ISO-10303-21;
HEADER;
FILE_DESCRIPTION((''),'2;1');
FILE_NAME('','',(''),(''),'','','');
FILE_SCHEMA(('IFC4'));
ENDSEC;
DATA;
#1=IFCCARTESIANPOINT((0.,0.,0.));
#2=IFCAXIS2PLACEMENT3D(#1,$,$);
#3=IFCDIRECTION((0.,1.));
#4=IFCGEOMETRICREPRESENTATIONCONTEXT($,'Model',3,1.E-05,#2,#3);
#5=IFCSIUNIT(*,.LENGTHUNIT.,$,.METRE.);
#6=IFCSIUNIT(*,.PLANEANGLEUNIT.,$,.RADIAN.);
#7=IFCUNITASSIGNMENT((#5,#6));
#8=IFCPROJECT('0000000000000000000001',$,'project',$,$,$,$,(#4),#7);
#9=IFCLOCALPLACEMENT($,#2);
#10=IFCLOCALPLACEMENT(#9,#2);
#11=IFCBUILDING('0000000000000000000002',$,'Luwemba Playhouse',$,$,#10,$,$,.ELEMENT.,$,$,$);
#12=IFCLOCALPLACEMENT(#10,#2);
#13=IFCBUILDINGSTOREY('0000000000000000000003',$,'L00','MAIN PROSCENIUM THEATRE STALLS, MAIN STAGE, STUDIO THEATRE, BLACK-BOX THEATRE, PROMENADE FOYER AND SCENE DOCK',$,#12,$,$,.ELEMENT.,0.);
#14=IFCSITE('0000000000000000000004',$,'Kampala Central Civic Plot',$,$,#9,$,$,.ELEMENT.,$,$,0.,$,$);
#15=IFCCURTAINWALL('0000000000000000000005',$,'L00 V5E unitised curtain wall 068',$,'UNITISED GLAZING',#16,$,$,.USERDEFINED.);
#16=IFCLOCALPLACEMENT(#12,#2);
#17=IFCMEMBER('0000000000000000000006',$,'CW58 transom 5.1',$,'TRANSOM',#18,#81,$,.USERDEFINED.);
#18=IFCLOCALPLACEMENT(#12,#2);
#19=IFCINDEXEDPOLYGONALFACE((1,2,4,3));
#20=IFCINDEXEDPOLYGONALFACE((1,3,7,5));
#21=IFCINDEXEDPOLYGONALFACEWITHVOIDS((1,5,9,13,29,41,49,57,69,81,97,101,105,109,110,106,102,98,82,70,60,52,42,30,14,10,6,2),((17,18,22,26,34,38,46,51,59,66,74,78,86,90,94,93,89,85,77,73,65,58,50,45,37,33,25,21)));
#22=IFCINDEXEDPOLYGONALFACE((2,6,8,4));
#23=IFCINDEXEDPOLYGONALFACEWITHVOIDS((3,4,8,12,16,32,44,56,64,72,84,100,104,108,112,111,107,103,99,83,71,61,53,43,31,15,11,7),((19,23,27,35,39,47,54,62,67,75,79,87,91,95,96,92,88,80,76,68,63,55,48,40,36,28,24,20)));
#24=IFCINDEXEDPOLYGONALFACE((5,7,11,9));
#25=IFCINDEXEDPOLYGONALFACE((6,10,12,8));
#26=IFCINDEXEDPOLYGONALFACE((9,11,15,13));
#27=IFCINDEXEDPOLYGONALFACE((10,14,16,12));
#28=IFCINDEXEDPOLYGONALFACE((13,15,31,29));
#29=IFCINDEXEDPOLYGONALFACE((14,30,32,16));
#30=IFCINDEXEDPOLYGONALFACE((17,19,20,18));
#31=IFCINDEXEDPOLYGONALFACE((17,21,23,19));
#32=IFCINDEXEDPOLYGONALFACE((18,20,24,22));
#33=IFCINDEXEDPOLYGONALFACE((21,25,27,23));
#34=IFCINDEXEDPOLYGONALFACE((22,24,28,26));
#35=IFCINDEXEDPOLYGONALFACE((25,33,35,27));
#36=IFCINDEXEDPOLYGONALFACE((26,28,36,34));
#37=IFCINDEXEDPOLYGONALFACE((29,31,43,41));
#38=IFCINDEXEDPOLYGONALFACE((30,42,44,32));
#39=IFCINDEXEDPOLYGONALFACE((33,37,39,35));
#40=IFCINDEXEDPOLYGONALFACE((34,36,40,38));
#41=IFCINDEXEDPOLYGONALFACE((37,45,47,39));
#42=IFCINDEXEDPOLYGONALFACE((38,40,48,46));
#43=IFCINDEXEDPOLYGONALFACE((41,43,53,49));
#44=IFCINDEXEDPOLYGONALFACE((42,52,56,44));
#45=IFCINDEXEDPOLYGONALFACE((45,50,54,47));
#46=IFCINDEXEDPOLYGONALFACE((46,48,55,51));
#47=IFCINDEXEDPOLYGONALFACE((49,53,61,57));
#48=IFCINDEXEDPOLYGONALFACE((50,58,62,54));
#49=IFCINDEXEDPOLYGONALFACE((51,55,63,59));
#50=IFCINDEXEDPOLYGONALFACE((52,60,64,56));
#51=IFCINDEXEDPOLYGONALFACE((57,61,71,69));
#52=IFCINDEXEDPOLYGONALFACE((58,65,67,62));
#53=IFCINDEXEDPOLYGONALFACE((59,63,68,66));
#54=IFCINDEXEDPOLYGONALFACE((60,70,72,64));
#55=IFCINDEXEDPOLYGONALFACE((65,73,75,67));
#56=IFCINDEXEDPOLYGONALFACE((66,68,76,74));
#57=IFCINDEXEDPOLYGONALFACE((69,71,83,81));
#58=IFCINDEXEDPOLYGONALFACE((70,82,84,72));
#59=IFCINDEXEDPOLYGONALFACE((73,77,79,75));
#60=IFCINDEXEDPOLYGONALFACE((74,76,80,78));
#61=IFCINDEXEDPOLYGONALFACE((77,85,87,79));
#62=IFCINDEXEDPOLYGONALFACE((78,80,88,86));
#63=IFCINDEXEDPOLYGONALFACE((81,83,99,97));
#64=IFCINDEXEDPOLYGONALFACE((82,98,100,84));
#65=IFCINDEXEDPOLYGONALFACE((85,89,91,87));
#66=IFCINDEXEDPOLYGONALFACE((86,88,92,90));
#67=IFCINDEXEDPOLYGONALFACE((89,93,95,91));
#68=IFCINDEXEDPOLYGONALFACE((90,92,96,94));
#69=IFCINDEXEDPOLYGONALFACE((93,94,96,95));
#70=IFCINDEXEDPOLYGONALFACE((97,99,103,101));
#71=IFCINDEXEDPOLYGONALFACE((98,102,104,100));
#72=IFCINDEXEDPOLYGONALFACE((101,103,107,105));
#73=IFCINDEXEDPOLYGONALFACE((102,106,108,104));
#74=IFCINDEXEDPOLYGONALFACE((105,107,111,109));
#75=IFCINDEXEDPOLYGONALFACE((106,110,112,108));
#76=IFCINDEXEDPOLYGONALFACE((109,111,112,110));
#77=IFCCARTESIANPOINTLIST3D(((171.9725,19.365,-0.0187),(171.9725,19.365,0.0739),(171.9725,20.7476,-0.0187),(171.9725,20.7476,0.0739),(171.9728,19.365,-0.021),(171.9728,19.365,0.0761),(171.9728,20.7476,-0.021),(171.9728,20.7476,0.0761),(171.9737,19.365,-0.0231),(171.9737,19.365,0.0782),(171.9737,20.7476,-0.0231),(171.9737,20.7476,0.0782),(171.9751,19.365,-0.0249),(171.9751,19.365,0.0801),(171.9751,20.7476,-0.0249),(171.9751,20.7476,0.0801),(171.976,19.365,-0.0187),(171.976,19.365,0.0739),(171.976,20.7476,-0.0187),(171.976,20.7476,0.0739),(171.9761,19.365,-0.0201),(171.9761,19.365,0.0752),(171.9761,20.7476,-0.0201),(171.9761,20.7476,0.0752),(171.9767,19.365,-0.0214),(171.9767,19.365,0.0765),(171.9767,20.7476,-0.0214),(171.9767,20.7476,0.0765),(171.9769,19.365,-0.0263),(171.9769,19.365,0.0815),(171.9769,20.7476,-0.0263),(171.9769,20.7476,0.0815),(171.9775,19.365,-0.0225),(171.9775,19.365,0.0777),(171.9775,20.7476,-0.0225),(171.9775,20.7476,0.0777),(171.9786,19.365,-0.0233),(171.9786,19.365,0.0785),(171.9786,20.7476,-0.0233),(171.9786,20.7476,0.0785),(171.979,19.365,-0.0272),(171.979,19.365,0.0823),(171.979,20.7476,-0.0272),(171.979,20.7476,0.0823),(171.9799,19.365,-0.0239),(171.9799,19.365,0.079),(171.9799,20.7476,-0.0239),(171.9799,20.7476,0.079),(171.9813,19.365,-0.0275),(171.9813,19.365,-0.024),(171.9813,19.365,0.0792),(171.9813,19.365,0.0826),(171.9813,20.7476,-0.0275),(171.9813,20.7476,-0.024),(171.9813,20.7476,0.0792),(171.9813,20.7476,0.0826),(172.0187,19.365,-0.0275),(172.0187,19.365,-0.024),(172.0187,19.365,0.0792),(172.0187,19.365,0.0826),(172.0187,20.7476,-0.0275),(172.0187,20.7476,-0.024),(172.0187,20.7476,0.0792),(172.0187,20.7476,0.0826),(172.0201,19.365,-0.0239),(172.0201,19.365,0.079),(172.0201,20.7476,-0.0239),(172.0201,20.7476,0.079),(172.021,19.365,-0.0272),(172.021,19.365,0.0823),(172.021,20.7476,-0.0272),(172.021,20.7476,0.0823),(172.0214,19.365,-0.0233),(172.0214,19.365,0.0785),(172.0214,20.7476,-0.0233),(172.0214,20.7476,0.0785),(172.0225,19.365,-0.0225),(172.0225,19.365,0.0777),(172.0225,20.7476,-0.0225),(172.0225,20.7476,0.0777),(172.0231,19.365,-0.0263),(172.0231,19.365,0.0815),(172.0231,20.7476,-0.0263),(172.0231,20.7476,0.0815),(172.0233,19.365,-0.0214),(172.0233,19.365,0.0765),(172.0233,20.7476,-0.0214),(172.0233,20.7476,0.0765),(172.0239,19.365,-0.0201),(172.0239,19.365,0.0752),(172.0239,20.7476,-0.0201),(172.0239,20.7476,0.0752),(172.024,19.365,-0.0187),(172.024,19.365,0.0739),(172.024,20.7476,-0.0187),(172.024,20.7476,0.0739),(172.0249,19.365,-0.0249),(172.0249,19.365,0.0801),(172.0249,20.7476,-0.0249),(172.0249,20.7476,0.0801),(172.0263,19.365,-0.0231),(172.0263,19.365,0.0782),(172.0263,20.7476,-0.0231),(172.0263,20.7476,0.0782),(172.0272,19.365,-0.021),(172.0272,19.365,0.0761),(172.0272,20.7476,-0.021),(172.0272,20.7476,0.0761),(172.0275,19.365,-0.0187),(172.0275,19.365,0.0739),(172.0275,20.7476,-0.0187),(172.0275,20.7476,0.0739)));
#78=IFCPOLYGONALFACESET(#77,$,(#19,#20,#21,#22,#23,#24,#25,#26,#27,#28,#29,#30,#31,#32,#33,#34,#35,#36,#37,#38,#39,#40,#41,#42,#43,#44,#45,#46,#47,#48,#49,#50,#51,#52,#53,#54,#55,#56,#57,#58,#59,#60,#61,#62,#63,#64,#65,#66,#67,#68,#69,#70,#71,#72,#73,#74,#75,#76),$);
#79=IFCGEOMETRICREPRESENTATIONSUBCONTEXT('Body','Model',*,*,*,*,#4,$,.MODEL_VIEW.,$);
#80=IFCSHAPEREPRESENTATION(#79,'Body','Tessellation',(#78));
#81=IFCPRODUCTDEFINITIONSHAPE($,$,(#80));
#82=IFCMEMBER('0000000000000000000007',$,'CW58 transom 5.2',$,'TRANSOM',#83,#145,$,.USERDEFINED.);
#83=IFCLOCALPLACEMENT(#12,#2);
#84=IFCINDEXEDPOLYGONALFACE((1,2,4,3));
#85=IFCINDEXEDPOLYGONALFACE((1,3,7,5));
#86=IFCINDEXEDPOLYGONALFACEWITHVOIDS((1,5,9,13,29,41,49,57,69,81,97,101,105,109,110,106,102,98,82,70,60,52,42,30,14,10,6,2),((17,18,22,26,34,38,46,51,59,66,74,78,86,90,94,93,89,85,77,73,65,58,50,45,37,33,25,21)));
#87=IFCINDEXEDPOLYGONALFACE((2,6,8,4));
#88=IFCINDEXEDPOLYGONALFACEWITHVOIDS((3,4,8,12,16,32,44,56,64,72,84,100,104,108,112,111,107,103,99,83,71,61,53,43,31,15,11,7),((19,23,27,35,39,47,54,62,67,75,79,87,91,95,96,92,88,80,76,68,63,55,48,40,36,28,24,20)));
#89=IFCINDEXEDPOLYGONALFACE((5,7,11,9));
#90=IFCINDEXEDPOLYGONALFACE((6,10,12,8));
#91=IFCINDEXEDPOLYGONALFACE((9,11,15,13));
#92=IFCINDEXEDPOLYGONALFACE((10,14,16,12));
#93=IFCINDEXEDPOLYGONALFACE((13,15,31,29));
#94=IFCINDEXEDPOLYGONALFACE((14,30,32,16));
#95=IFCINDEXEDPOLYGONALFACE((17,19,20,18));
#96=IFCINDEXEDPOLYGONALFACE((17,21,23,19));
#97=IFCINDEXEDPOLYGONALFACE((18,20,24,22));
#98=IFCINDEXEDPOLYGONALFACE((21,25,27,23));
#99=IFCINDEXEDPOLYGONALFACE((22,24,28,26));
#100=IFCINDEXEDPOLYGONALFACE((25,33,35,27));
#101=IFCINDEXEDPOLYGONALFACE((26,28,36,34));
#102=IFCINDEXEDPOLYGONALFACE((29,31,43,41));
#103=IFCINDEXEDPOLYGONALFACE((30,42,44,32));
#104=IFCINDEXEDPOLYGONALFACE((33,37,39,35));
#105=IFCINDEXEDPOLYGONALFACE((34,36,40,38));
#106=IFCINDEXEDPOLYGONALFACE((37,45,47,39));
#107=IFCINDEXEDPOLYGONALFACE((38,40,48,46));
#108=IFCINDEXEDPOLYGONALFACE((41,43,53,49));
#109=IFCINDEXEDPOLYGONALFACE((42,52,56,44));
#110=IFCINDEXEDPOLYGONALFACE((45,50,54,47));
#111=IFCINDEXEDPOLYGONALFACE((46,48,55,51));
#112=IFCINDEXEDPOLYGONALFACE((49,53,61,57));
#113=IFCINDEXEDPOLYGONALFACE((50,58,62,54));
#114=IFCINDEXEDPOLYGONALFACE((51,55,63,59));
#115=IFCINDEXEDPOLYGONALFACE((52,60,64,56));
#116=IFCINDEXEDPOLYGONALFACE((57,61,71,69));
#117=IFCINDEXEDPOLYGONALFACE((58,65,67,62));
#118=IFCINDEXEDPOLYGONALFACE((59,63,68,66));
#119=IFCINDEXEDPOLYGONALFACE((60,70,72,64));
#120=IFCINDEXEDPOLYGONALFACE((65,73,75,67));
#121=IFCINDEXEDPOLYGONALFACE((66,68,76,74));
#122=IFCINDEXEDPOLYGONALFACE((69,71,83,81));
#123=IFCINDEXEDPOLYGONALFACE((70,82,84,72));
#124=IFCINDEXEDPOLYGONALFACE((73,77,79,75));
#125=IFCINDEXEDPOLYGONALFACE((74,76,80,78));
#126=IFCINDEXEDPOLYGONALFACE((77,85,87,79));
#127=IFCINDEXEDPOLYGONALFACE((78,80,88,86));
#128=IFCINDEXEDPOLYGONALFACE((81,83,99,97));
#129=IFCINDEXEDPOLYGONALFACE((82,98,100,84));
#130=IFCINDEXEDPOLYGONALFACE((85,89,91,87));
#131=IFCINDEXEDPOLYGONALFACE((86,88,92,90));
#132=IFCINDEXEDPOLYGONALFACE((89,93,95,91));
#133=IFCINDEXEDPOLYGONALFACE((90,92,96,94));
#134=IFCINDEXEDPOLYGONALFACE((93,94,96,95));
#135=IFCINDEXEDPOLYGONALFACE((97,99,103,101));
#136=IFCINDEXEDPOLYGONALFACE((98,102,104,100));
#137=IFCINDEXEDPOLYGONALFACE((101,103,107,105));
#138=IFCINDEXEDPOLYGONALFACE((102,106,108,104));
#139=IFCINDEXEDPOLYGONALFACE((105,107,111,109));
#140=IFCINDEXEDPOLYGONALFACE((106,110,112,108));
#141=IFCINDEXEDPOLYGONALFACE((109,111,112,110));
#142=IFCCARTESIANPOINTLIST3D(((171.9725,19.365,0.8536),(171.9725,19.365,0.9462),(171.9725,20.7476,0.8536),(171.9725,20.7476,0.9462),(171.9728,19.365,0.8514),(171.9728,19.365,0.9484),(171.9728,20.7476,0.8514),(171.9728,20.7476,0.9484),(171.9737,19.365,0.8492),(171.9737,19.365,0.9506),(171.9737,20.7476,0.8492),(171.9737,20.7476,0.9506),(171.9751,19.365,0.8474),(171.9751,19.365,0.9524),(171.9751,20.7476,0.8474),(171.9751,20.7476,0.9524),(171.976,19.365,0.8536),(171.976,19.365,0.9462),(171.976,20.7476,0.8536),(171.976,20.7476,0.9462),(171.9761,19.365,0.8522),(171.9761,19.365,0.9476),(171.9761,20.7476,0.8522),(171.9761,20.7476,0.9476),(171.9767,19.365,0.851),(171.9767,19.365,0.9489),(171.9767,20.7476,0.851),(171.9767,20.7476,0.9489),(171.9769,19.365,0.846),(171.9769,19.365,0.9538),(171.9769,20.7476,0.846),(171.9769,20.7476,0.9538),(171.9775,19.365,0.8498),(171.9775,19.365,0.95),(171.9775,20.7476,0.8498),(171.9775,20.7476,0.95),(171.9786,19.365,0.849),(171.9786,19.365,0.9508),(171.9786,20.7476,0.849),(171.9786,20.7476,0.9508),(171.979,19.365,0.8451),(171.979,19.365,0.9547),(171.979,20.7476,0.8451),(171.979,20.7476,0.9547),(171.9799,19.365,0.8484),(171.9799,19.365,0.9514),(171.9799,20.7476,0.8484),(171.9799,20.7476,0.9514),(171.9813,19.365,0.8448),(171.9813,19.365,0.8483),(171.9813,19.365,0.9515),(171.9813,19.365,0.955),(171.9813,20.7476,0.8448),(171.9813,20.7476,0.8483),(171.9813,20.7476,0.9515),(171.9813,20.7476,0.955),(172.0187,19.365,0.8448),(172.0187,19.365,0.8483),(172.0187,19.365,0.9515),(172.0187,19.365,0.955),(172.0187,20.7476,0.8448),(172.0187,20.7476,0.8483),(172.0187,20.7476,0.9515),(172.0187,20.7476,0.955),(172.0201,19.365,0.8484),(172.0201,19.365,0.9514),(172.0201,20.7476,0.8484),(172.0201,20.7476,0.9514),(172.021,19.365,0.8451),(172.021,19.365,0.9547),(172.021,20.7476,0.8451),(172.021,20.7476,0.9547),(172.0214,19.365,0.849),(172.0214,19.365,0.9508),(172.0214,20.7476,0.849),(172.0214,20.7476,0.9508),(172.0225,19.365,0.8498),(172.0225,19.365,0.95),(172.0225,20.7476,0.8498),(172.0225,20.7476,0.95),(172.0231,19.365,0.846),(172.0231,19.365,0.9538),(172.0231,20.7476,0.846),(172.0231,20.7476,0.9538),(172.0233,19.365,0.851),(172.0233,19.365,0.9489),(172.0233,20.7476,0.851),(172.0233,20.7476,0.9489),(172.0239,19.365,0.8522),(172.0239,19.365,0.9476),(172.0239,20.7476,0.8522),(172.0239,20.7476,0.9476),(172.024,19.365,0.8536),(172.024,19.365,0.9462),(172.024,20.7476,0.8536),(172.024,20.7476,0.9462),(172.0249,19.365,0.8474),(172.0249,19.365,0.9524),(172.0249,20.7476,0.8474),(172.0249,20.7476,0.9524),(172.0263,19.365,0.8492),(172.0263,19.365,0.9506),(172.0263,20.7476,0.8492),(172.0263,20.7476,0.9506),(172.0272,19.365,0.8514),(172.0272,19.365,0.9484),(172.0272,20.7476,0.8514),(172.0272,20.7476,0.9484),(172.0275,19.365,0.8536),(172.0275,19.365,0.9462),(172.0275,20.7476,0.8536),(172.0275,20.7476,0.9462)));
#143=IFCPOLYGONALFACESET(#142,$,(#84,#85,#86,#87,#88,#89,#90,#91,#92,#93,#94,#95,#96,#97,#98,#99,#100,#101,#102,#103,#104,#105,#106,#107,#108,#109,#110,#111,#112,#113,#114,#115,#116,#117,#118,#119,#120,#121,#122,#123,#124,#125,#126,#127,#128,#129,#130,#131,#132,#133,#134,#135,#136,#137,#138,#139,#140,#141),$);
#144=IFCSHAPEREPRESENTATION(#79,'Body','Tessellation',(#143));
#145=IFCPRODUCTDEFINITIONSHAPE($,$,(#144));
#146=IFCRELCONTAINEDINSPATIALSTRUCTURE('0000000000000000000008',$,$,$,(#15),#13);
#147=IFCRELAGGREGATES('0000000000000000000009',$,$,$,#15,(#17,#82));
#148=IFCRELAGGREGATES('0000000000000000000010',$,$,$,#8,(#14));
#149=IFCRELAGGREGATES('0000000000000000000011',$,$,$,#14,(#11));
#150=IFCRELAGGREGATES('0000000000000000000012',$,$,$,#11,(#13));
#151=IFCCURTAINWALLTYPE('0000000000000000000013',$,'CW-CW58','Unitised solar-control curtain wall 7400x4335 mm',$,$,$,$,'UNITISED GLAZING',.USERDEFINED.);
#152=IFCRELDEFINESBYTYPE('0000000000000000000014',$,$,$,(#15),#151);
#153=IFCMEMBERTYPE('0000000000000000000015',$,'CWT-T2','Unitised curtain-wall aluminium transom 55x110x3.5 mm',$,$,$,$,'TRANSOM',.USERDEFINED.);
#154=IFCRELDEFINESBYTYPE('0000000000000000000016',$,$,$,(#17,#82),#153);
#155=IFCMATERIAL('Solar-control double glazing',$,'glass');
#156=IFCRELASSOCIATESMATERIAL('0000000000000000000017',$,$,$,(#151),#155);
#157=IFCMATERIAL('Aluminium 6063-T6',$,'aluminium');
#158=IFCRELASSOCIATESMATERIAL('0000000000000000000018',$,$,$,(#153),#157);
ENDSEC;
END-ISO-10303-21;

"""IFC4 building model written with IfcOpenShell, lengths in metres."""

from ifc_helpers import new_model, si_unit, direction, frame, origin, origin_2d, place, context, subcontext, project, spatial, hollow_rectangle, extrude, material, material_profile, profile_set, type_object, element, aggregate, save


model = new_model("IFC4")

# Units and contexts
model_context = context("Model", 3, precision=1e-05, world=origin(), true_north=direction((0.0, 1.0)))
body_context = subcontext(model_context, "Body", "Model", "MODEL_VIEW")
ifc_project = project(units=[si_unit("LENGTHUNIT", "METRE"), si_unit("PLANEANGLEUNIT", "RADIAN")], contexts=[model_context])

# Site, building, storey
site_placement = place(None, origin())
site = spatial("IfcSite", under=ifc_project, at=site_placement, Name="Kampala Central Civic Plot", CompositionType="ELEMENT", RefElevation=0.0)
building_placement = place(site_placement, origin())
building = spatial("IfcBuilding", under=site, at=building_placement, Name="Luwemba Playhouse", CompositionType="ELEMENT")
storey_placement = place(building_placement, origin())
storey = spatial("IfcBuildingStorey", under=building, at=storey_placement, Name="L00", Description="MAIN PROSCENIUM THEATRE STALLS, MAIN STAGE, STUDIO THEATRE, BLACK-BOX THEATRE, PROMENADE FOYER AND SCENE DOCK", CompositionType="ELEMENT", Elevation=0.0)

# Curtain wall
ifc_material_1 = material(Name="Solar-control double glazing", Category="glass")
curtain_wall_type_1 = type_object("IfcCurtainWallType", Name="CW-CW58", Description="Unitised solar-control curtain wall 7400x4335 mm", ElementType="UNITISED GLAZING", PredefinedType="USERDEFINED", material=ifc_material_1)
curtain_wall_1_placement = place(storey_placement, origin())
curtain_wall_1 = element("IfcCurtainWall", 1, at=curtain_wall_1_placement, inside=storey, type_object=curtain_wall_type_1, Name="L00 V5E unitised curtain wall 068", ObjectType="UNITISED GLAZING", PredefinedType="USERDEFINED")
ifc_material_2 = material(Name="Aluminium 6063-T6", Category="aluminium")

# Members
ifc_material_profile_1 = material_profile(ifc_material_2, hollow_rectangle(XDim=0.0549, YDim=0.1101, WallThickness=0.0034, InnerFilletRadius=0.0054, OuterFilletRadius=0.0088, at=origin_2d()))
ifc_profile_set_1 = profile_set([ifc_material_profile_1], Name="Aluminium 6063-T6")
member_type_1 = type_object("IfcMemberType", Name="CWT-T2", Description="Unitised curtain-wall aluminium transom 55x110x3.5 mm", ElementType="TRANSOM", PredefinedType="USERDEFINED", material=ifc_profile_set_1)
member_1_placement = place(storey_placement, frame((172.0, 20.7476, 0.0276), z_axis=(0.0, -1.0, 0.0), x_axis=(1.0, 0.0, 0.0)))
member_1 = element("IfcMember", 2, at=member_1_placement, type_object=member_type_1, Name="CW58 transom 5.1", ObjectType="TRANSOM", PredefinedType="USERDEFINED", context=body_context, shape_type="SweptSolid", body=[
    extrude(hollow_rectangle(XDim=0.0549, YDim=0.1101, WallThickness=0.0034, InnerFilletRadius=0.0054, OuterFilletRadius=0.0088, at=origin_2d()), origin(), (0.0, 0.0, 1.0), 1.3826),
])
member_2_placement = place(storey_placement, frame((172.0, 20.7476, 0.8999), z_axis=(0.0, -1.0, 0.0), x_axis=(1.0, 0.0, 0.0)))
member_2 = element("IfcMember", 3, at=member_2_placement, type_object=member_type_1, Name="CW58 transom 5.2", ObjectType="TRANSOM", PredefinedType="USERDEFINED", context=body_context, shape_type="SweptSolid", body=[
    extrude(hollow_rectangle(XDim=0.0549, YDim=0.1101, WallThickness=0.0034, InnerFilletRadius=0.0054, OuterFilletRadius=0.0088, at=origin_2d()), origin(), (0.0, 0.0, 1.0), 1.3826),
])

aggregate(curtain_wall_1, [member_1, member_2])

save(model, "model.ifc")
